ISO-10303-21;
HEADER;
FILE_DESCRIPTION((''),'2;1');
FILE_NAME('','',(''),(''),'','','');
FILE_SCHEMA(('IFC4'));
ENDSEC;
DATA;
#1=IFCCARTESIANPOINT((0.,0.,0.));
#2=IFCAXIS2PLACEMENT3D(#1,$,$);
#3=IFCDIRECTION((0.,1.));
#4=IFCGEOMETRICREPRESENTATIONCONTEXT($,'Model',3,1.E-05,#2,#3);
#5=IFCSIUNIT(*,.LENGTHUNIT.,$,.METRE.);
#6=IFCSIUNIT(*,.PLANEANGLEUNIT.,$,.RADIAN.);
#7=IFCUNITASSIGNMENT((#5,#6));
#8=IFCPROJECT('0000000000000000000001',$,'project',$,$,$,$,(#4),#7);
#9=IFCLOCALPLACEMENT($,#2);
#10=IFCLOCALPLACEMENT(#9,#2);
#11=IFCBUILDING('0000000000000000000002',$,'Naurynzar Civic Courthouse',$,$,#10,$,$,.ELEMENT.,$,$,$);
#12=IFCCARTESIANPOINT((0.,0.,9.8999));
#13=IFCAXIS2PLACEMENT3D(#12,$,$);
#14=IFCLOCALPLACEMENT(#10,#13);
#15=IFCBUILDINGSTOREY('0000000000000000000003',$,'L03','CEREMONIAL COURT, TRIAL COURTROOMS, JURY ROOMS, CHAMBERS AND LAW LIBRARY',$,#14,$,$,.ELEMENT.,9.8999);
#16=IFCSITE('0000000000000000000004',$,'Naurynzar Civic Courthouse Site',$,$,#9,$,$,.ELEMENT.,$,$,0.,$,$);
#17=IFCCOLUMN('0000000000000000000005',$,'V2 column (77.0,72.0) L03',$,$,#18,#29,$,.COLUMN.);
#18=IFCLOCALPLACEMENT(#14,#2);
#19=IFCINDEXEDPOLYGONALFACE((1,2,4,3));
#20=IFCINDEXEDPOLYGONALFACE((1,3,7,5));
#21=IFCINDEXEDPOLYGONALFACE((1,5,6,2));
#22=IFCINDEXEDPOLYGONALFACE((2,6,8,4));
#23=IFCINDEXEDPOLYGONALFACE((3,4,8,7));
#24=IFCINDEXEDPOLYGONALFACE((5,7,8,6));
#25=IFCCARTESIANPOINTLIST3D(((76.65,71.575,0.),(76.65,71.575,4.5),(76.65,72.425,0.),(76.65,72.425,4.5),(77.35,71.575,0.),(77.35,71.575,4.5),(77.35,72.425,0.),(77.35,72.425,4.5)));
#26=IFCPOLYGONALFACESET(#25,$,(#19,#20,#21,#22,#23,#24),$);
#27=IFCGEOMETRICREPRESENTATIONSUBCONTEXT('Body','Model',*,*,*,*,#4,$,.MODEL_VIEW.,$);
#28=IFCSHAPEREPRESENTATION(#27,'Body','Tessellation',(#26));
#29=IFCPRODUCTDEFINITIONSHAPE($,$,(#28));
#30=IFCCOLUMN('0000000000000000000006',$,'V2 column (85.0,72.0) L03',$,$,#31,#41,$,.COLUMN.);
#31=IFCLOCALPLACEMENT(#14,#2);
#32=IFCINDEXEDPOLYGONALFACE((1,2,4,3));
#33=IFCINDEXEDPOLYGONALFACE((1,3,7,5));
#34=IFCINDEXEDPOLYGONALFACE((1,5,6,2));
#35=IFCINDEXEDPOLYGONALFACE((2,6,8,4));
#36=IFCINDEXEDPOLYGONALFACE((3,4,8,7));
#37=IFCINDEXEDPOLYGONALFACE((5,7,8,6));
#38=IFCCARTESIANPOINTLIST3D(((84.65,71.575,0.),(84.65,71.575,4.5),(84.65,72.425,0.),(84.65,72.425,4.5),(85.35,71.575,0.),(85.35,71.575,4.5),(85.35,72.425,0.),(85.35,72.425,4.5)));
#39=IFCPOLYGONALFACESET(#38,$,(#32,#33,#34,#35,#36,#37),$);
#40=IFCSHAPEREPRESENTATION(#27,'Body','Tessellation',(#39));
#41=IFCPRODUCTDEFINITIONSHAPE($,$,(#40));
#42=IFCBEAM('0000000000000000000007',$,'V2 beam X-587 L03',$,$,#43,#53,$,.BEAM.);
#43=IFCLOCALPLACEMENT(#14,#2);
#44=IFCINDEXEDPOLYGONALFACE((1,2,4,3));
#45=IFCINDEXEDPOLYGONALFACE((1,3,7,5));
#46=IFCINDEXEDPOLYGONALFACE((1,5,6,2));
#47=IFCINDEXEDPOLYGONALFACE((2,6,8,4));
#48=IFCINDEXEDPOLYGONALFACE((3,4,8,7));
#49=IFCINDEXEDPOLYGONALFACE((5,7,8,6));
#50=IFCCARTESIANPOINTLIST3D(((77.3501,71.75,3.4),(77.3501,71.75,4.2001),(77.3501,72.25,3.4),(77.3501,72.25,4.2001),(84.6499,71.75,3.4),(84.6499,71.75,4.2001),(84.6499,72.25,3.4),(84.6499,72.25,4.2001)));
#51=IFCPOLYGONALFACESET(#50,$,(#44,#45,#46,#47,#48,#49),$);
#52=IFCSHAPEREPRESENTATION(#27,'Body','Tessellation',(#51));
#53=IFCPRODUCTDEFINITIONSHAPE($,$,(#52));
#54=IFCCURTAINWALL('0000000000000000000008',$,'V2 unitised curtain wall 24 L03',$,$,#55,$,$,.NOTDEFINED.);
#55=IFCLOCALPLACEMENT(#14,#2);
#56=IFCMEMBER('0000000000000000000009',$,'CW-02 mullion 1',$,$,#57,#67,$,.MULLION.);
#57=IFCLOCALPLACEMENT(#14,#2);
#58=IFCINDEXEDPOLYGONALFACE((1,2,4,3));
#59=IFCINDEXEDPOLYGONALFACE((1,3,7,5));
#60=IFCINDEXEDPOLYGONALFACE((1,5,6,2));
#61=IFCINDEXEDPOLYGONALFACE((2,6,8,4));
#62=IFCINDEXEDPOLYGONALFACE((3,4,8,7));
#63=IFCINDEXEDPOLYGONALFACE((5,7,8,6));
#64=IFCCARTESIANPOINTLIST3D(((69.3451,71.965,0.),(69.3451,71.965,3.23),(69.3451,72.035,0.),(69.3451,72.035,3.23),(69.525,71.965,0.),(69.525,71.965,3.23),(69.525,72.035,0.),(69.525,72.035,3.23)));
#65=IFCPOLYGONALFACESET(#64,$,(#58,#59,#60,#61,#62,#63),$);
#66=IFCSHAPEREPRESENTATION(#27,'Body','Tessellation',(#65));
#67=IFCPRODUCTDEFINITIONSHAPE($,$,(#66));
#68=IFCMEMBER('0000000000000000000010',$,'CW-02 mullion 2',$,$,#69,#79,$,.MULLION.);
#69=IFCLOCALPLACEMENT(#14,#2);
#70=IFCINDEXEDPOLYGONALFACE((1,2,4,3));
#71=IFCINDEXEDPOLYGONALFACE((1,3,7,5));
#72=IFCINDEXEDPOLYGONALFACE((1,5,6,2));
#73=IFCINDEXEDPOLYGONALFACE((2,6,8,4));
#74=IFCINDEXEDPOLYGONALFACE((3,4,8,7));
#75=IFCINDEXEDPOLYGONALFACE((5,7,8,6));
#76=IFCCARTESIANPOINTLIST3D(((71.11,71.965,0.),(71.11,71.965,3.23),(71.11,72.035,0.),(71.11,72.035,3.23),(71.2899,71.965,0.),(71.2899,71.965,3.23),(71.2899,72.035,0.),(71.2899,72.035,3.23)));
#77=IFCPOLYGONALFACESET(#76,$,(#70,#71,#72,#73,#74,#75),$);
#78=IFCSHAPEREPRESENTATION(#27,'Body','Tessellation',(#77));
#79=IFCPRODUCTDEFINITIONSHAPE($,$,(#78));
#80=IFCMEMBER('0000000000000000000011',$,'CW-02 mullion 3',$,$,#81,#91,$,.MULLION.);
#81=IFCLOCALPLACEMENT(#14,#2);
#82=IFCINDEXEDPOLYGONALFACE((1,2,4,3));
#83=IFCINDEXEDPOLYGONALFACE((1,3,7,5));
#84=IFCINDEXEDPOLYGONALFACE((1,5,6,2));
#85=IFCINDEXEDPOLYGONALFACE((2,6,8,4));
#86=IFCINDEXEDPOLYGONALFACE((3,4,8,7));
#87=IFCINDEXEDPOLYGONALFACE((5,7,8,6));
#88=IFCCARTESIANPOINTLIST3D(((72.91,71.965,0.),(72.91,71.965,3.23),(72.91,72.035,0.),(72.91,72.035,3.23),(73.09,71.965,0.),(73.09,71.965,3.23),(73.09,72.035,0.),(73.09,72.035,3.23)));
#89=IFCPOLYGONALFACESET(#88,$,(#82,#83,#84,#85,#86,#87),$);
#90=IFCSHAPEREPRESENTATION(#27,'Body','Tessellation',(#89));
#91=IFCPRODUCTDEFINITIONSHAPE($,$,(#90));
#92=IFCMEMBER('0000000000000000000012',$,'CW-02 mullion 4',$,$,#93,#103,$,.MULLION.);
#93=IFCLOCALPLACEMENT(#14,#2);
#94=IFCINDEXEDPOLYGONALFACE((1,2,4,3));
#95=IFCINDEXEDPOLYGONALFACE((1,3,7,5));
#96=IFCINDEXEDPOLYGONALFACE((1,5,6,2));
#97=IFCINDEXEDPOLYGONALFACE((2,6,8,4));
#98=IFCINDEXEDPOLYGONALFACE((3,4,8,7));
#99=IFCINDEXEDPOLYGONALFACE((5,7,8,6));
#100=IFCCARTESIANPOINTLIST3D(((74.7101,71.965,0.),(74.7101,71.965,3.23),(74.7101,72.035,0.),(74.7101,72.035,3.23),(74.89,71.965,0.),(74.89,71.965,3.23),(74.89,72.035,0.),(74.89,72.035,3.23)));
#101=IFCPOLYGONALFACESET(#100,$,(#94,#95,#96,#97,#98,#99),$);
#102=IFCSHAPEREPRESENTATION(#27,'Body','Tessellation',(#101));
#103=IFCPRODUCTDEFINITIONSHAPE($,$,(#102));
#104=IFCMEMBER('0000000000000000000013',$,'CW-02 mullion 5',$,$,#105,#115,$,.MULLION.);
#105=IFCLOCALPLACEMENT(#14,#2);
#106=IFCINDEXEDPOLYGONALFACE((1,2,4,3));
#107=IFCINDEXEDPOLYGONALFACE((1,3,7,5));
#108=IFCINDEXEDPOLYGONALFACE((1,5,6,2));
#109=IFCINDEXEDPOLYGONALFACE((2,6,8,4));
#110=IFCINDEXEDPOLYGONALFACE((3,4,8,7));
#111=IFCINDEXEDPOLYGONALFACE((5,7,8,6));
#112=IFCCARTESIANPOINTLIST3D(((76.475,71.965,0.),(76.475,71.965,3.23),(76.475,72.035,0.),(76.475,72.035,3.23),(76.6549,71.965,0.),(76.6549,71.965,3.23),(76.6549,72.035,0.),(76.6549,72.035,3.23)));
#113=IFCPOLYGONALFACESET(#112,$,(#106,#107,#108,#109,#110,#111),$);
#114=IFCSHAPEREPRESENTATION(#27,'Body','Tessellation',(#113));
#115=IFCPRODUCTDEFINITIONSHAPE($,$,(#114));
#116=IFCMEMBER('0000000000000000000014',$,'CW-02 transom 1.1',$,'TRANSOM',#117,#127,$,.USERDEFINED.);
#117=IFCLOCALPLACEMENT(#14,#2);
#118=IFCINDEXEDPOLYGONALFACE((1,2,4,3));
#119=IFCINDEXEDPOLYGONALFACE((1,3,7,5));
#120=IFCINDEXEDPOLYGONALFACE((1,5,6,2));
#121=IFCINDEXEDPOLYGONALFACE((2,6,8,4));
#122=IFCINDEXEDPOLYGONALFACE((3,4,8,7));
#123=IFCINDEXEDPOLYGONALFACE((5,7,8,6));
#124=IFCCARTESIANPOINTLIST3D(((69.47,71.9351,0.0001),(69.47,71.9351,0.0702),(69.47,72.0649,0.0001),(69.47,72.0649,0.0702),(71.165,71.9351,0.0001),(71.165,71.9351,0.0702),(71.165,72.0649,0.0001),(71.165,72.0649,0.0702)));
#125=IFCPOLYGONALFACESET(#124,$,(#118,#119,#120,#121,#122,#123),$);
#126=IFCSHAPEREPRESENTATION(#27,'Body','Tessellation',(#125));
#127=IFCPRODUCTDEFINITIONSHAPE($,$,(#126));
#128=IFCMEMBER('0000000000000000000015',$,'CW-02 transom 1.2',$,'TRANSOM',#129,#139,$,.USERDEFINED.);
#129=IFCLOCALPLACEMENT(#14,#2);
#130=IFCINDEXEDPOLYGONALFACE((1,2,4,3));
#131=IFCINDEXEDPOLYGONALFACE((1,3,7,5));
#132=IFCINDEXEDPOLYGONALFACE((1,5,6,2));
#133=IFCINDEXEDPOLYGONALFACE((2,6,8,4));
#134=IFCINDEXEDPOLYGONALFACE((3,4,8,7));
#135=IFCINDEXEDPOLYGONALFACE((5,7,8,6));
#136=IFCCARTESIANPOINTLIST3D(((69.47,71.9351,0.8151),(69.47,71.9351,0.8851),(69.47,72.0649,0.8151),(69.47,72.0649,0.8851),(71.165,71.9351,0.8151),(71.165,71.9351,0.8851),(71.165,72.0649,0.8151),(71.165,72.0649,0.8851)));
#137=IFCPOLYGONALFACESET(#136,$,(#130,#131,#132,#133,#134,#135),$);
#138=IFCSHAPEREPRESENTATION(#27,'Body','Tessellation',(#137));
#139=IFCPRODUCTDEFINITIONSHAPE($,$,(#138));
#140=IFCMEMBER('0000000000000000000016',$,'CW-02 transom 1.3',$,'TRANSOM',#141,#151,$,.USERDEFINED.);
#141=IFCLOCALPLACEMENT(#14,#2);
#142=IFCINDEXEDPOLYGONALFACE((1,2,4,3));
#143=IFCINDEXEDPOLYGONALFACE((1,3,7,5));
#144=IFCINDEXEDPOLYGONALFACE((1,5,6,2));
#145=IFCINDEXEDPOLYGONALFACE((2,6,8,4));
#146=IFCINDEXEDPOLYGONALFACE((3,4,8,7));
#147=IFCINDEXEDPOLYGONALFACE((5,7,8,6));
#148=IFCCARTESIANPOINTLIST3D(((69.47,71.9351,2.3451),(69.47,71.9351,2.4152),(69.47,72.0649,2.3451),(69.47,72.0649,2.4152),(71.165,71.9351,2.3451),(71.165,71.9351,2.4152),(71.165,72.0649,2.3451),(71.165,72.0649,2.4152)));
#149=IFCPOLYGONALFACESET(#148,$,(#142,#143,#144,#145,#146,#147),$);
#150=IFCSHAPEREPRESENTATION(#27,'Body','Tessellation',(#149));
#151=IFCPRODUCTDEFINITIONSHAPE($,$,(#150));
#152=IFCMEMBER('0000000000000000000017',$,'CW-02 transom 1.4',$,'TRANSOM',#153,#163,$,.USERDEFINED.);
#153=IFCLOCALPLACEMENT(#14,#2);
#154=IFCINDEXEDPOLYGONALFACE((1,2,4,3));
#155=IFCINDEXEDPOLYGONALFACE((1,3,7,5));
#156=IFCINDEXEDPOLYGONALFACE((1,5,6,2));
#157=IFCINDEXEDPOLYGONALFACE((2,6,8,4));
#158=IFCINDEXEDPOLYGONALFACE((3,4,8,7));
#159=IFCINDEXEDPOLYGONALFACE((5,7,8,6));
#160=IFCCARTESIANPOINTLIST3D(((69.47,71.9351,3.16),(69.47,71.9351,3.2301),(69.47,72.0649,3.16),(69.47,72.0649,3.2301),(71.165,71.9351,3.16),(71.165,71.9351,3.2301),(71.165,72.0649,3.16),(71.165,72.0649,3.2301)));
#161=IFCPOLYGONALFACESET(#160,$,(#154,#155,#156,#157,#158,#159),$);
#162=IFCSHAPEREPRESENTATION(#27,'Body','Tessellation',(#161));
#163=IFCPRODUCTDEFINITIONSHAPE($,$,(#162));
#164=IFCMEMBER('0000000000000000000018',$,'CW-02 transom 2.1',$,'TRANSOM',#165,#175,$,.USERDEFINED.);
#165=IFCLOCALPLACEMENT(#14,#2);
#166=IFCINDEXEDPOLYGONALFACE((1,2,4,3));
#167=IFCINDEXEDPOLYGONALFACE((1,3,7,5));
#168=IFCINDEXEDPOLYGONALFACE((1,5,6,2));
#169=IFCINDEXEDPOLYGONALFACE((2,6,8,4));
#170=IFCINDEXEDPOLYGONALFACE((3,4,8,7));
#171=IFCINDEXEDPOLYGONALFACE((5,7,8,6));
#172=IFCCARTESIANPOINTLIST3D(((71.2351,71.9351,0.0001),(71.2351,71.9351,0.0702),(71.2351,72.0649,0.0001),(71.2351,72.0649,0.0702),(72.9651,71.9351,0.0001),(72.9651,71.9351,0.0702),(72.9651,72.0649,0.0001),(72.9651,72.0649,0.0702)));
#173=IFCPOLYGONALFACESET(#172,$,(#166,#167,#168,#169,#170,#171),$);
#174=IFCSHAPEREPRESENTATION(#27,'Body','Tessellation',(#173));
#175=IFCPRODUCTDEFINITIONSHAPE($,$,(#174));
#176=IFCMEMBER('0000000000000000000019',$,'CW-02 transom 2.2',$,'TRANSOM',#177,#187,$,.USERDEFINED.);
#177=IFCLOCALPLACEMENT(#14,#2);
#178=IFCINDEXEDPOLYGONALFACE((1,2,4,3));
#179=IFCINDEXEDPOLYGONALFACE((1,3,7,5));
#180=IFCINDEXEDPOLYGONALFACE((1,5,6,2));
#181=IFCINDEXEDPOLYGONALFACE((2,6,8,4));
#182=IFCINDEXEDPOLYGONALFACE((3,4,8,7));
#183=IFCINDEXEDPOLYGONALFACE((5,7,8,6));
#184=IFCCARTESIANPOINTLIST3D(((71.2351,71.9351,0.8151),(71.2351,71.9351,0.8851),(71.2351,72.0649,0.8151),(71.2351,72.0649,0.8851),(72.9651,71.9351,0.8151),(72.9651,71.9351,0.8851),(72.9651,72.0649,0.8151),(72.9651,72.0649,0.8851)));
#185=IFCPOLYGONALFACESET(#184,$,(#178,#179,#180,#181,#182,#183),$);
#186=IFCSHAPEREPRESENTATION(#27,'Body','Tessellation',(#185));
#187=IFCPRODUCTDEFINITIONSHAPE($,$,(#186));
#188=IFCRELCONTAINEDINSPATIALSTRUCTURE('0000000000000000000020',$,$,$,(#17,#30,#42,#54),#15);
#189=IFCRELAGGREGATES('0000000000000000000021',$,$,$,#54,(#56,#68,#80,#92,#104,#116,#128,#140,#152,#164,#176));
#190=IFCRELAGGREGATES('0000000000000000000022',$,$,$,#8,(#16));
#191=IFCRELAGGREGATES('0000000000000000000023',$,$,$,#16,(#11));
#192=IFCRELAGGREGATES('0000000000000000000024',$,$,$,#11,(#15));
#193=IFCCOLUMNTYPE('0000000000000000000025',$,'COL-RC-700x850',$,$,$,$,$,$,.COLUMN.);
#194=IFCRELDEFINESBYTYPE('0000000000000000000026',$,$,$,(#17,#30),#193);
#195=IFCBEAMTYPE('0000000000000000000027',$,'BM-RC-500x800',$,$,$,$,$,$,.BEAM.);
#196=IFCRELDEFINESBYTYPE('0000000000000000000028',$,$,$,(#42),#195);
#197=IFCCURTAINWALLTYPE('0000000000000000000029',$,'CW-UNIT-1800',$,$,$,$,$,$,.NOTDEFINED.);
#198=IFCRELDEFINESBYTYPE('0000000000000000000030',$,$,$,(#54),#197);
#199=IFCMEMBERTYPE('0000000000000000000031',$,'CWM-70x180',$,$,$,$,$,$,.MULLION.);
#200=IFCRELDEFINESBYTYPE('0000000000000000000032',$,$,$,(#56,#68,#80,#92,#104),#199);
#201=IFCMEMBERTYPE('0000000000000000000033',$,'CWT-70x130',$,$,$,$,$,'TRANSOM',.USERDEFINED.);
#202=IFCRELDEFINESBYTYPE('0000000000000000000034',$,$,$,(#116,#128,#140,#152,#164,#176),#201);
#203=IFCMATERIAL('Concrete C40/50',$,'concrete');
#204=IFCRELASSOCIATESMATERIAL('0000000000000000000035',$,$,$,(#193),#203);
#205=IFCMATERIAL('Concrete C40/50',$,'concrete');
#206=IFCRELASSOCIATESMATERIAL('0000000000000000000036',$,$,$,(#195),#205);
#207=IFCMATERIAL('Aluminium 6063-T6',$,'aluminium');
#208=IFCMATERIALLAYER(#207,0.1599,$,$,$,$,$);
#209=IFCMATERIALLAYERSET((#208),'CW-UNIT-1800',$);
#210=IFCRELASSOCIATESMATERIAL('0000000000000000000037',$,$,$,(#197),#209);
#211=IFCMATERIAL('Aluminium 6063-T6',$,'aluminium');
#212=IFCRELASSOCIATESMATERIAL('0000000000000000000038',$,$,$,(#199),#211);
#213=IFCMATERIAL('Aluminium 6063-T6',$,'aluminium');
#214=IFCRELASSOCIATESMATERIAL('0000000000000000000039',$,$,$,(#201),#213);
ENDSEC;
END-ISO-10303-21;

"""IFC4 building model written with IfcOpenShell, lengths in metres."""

from ifc_helpers import new_model, si_unit, direction, frame, origin, origin_2d, place, context, subcontext, project, spatial, rectangle, extrude, material, layer, layer_set, material_profile, profile_set, type_object, element, aggregate, save


model = new_model("IFC4")

# Units and contexts
model_context = context("Model", 3, precision=1e-05, world=origin(), true_north=direction((0.0, 1.0)))
body_context = subcontext(model_context, "Body", "Model", "MODEL_VIEW")
ifc_project = project(units=[si_unit("LENGTHUNIT", "METRE"), si_unit("PLANEANGLEUNIT", "RADIAN")], contexts=[model_context])

# Site, building, storey
site_placement = place(None, origin())
site = spatial("IfcSite", under=ifc_project, at=site_placement, Name="Naurynzar Civic Courthouse Site", CompositionType="ELEMENT", RefElevation=0.0)
building_placement = place(site_placement, origin())
building = spatial("IfcBuilding", under=site, at=building_placement, Name="Naurynzar Civic Courthouse", CompositionType="ELEMENT")
storey_placement = place(building_placement, frame((0.0, 0.0, 9.8999)))
storey = spatial("IfcBuildingStorey", under=building, at=storey_placement, Name="L03", Description="CEREMONIAL COURT, TRIAL COURTROOMS, JURY ROOMS, CHAMBERS AND LAW LIBRARY", CompositionType="ELEMENT", Elevation=9.8999)

# Columns
ifc_material_1 = material(Name="Concrete C40/50", Category="concrete")
ifc_material_profile_1 = material_profile(ifc_material_1, rectangle(XDim=0.7, YDim=0.8501, at=origin_2d()), Name="RC 700x850")
ifc_profile_set_1 = profile_set([ifc_material_profile_1], Name="Concrete C40/50")
column_type = type_object("IfcColumnType", Name="COL-RC-700x850", PredefinedType="COLUMN", material=ifc_profile_set_1)
for number, where, z_axis, x_axis, name in (
    (1, (77.0, 72.0, 0.0), (0.0, 0.0, 1.0), (1.0, 0.0, 0.0), "V2 column (77.0,72.0) L03"),
    (2, (85.0, 72.0, 0.0), (0.0, 0.0, 1.0), (1.0, 0.0, 0.0), "V2 column (85.0,72.0) L03"),
):
    element("IfcColumn", number, at=place(storey_placement, frame(where, z_axis=z_axis, x_axis=x_axis)), inside=storey, type_object=column_type, Name=name, PredefinedType="COLUMN", context=body_context, shape_type="SweptSolid", body=[
        extrude(rectangle(XDim=0.7, YDim=0.8501, at=origin_2d()), origin(), (0.0, 0.0, 1.0), 4.5),
    ])

# Beam
ifc_material_2 = material(Name="Concrete C40/50", Category="concrete")
ifc_material_profile_2 = material_profile(ifc_material_2, rectangle(XDim=0.5, YDim=0.8, at=origin_2d()), Name="RCB 500x800")
ifc_profile_set_2 = profile_set([ifc_material_profile_2], Name="Concrete C40/50")
beam_type = type_object("IfcBeamType", Name="BM-RC-500x800", PredefinedType="BEAM", material=ifc_profile_set_2)
beam_placement = place(storey_placement, frame((77.3501, 72.0, 3.8), z_axis=(1.0, 0.0, 0.0), x_axis=(0.0, 1.0, 0.0)))
element("IfcBeam", 3, at=beam_placement, inside=storey, type_object=beam_type, Name="V2 beam X-587 L03", PredefinedType="BEAM", context=body_context, shape_type="SweptSolid", body=[
    extrude(rectangle(XDim=0.5, YDim=0.8, at=origin_2d()), origin(), (0.0, 0.0, 1.0), 7.2998),
])

# Curtain wall, members
ifc_material_3 = material(Name="Aluminium 6063-T6", Category="aluminium")
ifc_layer_1 = layer(ifc_material_3, 0.1599)
ifc_layer_set_1 = layer_set([ifc_layer_1], Name="CW-UNIT-1800")
curtain_wall_type = type_object("IfcCurtainWallType", Name="CW-UNIT-1800", PredefinedType="NOTDEFINED", material=ifc_layer_set_1)
curtain_wall_placement = place(storey_placement, origin())
curtain_wall = element("IfcCurtainWall", 4, at=curtain_wall_placement, inside=storey, type_object=curtain_wall_type, Name="V2 unitised curtain wall 24 L03", PredefinedType="NOTDEFINED")
ifc_material_4 = material(Name="Aluminium 6063-T6", Category="aluminium")
ifc_material_profile_3 = material_profile(ifc_material_4, rectangle(XDim=0.0701, YDim=0.1799, at=origin_2d()), Name="ALU MULLION 70x180")
ifc_profile_set_3 = profile_set([ifc_material_profile_3], Name="Aluminium 6063-T6")
member_type_1 = type_object("IfcMemberType", Name="CWM-70x180", PredefinedType="MULLION", material=ifc_profile_set_3)
member_1_placement = place(storey_placement, frame((69.4351, 72.0, 0.0), z_axis=(0.0, 0.0, 1.0), x_axis=(0.0, 1.0, 0.0)))
member_1 = element("IfcMember", 5, at=member_1_placement, type_object=member_type_1, Name="CW-02 mullion 1", PredefinedType="MULLION", context=body_context, shape_type="SweptSolid", body=[
    extrude(rectangle(XDim=0.0701, YDim=0.1799, at=origin_2d()), origin(), (0.0, 0.0, 1.0), 3.23),
])
member_2_placement = place(storey_placement, frame((71.2, 72.0, 0.0), z_axis=(0.0, 0.0, 1.0), x_axis=(0.0, 1.0, 0.0)))
member_2 = element("IfcMember", 6, at=member_2_placement, type_object=member_type_1, Name="CW-02 mullion 2", PredefinedType="MULLION", context=body_context, shape_type="SweptSolid", body=[
    extrude(rectangle(XDim=0.0701, YDim=0.1799, at=origin_2d()), origin(), (0.0, 0.0, 1.0), 3.23),
])
member_3_placement = place(storey_placement, frame((73.0, 72.0, 0.0), z_axis=(0.0, 0.0, 1.0), x_axis=(0.0, 1.0, 0.0)))
member_3 = element("IfcMember", 7, at=member_3_placement, type_object=member_type_1, Name="CW-02 mullion 3", PredefinedType="MULLION", context=body_context, shape_type="SweptSolid", body=[
    extrude(rectangle(XDim=0.0701, YDim=0.1799, at=origin_2d()), origin(), (0.0, 0.0, 1.0), 3.23),
])
member_4_placement = place(storey_placement, frame((74.8, 72.0, 0.0), z_axis=(0.0, 0.0, 1.0), x_axis=(0.0, 1.0, 0.0)))
member_4 = element("IfcMember", 8, at=member_4_placement, type_object=member_type_1, Name="CW-02 mullion 4", PredefinedType="MULLION", context=body_context, shape_type="SweptSolid", body=[
    extrude(rectangle(XDim=0.0701, YDim=0.1799, at=origin_2d()), origin(), (0.0, 0.0, 1.0), 3.23),
])
member_5_placement = place(storey_placement, frame((76.5649, 72.0, 0.0), z_axis=(0.0, 0.0, 1.0), x_axis=(0.0, 1.0, 0.0)))
member_5 = element("IfcMember", 9, at=member_5_placement, type_object=member_type_1, Name="CW-02 mullion 5", PredefinedType="MULLION", context=body_context, shape_type="SweptSolid", body=[
    extrude(rectangle(XDim=0.0701, YDim=0.1799, at=origin_2d()), origin(), (0.0, 0.0, 1.0), 3.23),
])
ifc_material_5 = material(Name="Aluminium 6063-T6", Category="aluminium")
ifc_material_profile_4 = material_profile(ifc_material_5, rectangle(XDim=0.1299, YDim=0.0701, at=origin_2d()), Name="ALU TRANSOM 70x130")
ifc_profile_set_4 = profile_set([ifc_material_profile_4], Name="Aluminium 6063-T6")
member_type_2 = type_object("IfcMemberType", Name="CWT-70x130", ElementType="TRANSOM", PredefinedType="USERDEFINED", material=ifc_profile_set_4)
member_6_placement = place(storey_placement, frame((69.47, 72.0, 0.0352), z_axis=(1.0, 0.0, 0.0), x_axis=(0.0, 1.0, 0.0)))
member_6 = element("IfcMember", 10, at=member_6_placement, type_object=member_type_2, Name="CW-02 transom 1.1", ObjectType="TRANSOM", PredefinedType="USERDEFINED", context=body_context, shape_type="SweptSolid", body=[
    extrude(rectangle(XDim=0.1299, YDim=0.0701, at=origin_2d()), origin(), (0.0, 0.0, 1.0), 1.6951),
])
member_7_placement = place(storey_placement, frame((69.47, 72.0, 0.8501), z_axis=(1.0, 0.0, 0.0), x_axis=(0.0, 1.0, 0.0)))
member_7 = element("IfcMember", 11, at=member_7_placement, type_object=member_type_2, Name="CW-02 transom 1.2", ObjectType="TRANSOM", PredefinedType="USERDEFINED", context=body_context, shape_type="SweptSolid", body=[
    extrude(rectangle(XDim=0.1299, YDim=0.0701, at=origin_2d()), origin(), (0.0, 0.0, 1.0), 1.6951),
])
member_8_placement = place(storey_placement, frame((69.47, 72.0, 2.3801), z_axis=(1.0, 0.0, 0.0), x_axis=(0.0, 1.0, 0.0)))
member_8 = element("IfcMember", 12, at=member_8_placement, type_object=member_type_2, Name="CW-02 transom 1.3", ObjectType="TRANSOM", PredefinedType="USERDEFINED", context=body_context, shape_type="SweptSolid", body=[
    extrude(rectangle(XDim=0.1299, YDim=0.0701, at=origin_2d()), origin(), (0.0, 0.0, 1.0), 1.6951),
])
member_9_placement = place(storey_placement, frame((69.47, 72.0, 3.1951), z_axis=(1.0, 0.0, 0.0), x_axis=(0.0, 1.0, 0.0)))
member_9 = element("IfcMember", 13, at=member_9_placement, type_object=member_type_2, Name="CW-02 transom 1.4", ObjectType="TRANSOM", PredefinedType="USERDEFINED", context=body_context, shape_type="SweptSolid", body=[
    extrude(rectangle(XDim=0.1299, YDim=0.0701, at=origin_2d()), origin(), (0.0, 0.0, 1.0), 1.6951),
])
member_10_placement = place(storey_placement, frame((71.2351, 72.0, 0.0352), z_axis=(1.0, 0.0, 0.0), x_axis=(0.0, 1.0, 0.0)))
member_10 = element("IfcMember", 14, at=member_10_placement, type_object=member_type_2, Name="CW-02 transom 2.1", ObjectType="TRANSOM", PredefinedType="USERDEFINED", context=body_context, shape_type="SweptSolid", body=[
    extrude(rectangle(XDim=0.1299, YDim=0.0701, at=origin_2d()), origin(), (0.0, 0.0, 1.0), 1.73),
])
member_11_placement = place(storey_placement, frame((71.2351, 72.0, 0.8501), z_axis=(1.0, 0.0, 0.0), x_axis=(0.0, 1.0, 0.0)))
member_11 = element("IfcMember", 15, at=member_11_placement, type_object=member_type_2, Name="CW-02 transom 2.2", ObjectType="TRANSOM", PredefinedType="USERDEFINED", context=body_context, shape_type="SweptSolid", body=[
    extrude(rectangle(XDim=0.1299, YDim=0.0701, at=origin_2d()), origin(), (0.0, 0.0, 1.0), 1.73),
])
aggregate(curtain_wall, [member_1, member_2, member_3, member_4, member_5, member_6, member_7, member_8, member_9, member_10, member_11])

save(model, "model.ifc")
